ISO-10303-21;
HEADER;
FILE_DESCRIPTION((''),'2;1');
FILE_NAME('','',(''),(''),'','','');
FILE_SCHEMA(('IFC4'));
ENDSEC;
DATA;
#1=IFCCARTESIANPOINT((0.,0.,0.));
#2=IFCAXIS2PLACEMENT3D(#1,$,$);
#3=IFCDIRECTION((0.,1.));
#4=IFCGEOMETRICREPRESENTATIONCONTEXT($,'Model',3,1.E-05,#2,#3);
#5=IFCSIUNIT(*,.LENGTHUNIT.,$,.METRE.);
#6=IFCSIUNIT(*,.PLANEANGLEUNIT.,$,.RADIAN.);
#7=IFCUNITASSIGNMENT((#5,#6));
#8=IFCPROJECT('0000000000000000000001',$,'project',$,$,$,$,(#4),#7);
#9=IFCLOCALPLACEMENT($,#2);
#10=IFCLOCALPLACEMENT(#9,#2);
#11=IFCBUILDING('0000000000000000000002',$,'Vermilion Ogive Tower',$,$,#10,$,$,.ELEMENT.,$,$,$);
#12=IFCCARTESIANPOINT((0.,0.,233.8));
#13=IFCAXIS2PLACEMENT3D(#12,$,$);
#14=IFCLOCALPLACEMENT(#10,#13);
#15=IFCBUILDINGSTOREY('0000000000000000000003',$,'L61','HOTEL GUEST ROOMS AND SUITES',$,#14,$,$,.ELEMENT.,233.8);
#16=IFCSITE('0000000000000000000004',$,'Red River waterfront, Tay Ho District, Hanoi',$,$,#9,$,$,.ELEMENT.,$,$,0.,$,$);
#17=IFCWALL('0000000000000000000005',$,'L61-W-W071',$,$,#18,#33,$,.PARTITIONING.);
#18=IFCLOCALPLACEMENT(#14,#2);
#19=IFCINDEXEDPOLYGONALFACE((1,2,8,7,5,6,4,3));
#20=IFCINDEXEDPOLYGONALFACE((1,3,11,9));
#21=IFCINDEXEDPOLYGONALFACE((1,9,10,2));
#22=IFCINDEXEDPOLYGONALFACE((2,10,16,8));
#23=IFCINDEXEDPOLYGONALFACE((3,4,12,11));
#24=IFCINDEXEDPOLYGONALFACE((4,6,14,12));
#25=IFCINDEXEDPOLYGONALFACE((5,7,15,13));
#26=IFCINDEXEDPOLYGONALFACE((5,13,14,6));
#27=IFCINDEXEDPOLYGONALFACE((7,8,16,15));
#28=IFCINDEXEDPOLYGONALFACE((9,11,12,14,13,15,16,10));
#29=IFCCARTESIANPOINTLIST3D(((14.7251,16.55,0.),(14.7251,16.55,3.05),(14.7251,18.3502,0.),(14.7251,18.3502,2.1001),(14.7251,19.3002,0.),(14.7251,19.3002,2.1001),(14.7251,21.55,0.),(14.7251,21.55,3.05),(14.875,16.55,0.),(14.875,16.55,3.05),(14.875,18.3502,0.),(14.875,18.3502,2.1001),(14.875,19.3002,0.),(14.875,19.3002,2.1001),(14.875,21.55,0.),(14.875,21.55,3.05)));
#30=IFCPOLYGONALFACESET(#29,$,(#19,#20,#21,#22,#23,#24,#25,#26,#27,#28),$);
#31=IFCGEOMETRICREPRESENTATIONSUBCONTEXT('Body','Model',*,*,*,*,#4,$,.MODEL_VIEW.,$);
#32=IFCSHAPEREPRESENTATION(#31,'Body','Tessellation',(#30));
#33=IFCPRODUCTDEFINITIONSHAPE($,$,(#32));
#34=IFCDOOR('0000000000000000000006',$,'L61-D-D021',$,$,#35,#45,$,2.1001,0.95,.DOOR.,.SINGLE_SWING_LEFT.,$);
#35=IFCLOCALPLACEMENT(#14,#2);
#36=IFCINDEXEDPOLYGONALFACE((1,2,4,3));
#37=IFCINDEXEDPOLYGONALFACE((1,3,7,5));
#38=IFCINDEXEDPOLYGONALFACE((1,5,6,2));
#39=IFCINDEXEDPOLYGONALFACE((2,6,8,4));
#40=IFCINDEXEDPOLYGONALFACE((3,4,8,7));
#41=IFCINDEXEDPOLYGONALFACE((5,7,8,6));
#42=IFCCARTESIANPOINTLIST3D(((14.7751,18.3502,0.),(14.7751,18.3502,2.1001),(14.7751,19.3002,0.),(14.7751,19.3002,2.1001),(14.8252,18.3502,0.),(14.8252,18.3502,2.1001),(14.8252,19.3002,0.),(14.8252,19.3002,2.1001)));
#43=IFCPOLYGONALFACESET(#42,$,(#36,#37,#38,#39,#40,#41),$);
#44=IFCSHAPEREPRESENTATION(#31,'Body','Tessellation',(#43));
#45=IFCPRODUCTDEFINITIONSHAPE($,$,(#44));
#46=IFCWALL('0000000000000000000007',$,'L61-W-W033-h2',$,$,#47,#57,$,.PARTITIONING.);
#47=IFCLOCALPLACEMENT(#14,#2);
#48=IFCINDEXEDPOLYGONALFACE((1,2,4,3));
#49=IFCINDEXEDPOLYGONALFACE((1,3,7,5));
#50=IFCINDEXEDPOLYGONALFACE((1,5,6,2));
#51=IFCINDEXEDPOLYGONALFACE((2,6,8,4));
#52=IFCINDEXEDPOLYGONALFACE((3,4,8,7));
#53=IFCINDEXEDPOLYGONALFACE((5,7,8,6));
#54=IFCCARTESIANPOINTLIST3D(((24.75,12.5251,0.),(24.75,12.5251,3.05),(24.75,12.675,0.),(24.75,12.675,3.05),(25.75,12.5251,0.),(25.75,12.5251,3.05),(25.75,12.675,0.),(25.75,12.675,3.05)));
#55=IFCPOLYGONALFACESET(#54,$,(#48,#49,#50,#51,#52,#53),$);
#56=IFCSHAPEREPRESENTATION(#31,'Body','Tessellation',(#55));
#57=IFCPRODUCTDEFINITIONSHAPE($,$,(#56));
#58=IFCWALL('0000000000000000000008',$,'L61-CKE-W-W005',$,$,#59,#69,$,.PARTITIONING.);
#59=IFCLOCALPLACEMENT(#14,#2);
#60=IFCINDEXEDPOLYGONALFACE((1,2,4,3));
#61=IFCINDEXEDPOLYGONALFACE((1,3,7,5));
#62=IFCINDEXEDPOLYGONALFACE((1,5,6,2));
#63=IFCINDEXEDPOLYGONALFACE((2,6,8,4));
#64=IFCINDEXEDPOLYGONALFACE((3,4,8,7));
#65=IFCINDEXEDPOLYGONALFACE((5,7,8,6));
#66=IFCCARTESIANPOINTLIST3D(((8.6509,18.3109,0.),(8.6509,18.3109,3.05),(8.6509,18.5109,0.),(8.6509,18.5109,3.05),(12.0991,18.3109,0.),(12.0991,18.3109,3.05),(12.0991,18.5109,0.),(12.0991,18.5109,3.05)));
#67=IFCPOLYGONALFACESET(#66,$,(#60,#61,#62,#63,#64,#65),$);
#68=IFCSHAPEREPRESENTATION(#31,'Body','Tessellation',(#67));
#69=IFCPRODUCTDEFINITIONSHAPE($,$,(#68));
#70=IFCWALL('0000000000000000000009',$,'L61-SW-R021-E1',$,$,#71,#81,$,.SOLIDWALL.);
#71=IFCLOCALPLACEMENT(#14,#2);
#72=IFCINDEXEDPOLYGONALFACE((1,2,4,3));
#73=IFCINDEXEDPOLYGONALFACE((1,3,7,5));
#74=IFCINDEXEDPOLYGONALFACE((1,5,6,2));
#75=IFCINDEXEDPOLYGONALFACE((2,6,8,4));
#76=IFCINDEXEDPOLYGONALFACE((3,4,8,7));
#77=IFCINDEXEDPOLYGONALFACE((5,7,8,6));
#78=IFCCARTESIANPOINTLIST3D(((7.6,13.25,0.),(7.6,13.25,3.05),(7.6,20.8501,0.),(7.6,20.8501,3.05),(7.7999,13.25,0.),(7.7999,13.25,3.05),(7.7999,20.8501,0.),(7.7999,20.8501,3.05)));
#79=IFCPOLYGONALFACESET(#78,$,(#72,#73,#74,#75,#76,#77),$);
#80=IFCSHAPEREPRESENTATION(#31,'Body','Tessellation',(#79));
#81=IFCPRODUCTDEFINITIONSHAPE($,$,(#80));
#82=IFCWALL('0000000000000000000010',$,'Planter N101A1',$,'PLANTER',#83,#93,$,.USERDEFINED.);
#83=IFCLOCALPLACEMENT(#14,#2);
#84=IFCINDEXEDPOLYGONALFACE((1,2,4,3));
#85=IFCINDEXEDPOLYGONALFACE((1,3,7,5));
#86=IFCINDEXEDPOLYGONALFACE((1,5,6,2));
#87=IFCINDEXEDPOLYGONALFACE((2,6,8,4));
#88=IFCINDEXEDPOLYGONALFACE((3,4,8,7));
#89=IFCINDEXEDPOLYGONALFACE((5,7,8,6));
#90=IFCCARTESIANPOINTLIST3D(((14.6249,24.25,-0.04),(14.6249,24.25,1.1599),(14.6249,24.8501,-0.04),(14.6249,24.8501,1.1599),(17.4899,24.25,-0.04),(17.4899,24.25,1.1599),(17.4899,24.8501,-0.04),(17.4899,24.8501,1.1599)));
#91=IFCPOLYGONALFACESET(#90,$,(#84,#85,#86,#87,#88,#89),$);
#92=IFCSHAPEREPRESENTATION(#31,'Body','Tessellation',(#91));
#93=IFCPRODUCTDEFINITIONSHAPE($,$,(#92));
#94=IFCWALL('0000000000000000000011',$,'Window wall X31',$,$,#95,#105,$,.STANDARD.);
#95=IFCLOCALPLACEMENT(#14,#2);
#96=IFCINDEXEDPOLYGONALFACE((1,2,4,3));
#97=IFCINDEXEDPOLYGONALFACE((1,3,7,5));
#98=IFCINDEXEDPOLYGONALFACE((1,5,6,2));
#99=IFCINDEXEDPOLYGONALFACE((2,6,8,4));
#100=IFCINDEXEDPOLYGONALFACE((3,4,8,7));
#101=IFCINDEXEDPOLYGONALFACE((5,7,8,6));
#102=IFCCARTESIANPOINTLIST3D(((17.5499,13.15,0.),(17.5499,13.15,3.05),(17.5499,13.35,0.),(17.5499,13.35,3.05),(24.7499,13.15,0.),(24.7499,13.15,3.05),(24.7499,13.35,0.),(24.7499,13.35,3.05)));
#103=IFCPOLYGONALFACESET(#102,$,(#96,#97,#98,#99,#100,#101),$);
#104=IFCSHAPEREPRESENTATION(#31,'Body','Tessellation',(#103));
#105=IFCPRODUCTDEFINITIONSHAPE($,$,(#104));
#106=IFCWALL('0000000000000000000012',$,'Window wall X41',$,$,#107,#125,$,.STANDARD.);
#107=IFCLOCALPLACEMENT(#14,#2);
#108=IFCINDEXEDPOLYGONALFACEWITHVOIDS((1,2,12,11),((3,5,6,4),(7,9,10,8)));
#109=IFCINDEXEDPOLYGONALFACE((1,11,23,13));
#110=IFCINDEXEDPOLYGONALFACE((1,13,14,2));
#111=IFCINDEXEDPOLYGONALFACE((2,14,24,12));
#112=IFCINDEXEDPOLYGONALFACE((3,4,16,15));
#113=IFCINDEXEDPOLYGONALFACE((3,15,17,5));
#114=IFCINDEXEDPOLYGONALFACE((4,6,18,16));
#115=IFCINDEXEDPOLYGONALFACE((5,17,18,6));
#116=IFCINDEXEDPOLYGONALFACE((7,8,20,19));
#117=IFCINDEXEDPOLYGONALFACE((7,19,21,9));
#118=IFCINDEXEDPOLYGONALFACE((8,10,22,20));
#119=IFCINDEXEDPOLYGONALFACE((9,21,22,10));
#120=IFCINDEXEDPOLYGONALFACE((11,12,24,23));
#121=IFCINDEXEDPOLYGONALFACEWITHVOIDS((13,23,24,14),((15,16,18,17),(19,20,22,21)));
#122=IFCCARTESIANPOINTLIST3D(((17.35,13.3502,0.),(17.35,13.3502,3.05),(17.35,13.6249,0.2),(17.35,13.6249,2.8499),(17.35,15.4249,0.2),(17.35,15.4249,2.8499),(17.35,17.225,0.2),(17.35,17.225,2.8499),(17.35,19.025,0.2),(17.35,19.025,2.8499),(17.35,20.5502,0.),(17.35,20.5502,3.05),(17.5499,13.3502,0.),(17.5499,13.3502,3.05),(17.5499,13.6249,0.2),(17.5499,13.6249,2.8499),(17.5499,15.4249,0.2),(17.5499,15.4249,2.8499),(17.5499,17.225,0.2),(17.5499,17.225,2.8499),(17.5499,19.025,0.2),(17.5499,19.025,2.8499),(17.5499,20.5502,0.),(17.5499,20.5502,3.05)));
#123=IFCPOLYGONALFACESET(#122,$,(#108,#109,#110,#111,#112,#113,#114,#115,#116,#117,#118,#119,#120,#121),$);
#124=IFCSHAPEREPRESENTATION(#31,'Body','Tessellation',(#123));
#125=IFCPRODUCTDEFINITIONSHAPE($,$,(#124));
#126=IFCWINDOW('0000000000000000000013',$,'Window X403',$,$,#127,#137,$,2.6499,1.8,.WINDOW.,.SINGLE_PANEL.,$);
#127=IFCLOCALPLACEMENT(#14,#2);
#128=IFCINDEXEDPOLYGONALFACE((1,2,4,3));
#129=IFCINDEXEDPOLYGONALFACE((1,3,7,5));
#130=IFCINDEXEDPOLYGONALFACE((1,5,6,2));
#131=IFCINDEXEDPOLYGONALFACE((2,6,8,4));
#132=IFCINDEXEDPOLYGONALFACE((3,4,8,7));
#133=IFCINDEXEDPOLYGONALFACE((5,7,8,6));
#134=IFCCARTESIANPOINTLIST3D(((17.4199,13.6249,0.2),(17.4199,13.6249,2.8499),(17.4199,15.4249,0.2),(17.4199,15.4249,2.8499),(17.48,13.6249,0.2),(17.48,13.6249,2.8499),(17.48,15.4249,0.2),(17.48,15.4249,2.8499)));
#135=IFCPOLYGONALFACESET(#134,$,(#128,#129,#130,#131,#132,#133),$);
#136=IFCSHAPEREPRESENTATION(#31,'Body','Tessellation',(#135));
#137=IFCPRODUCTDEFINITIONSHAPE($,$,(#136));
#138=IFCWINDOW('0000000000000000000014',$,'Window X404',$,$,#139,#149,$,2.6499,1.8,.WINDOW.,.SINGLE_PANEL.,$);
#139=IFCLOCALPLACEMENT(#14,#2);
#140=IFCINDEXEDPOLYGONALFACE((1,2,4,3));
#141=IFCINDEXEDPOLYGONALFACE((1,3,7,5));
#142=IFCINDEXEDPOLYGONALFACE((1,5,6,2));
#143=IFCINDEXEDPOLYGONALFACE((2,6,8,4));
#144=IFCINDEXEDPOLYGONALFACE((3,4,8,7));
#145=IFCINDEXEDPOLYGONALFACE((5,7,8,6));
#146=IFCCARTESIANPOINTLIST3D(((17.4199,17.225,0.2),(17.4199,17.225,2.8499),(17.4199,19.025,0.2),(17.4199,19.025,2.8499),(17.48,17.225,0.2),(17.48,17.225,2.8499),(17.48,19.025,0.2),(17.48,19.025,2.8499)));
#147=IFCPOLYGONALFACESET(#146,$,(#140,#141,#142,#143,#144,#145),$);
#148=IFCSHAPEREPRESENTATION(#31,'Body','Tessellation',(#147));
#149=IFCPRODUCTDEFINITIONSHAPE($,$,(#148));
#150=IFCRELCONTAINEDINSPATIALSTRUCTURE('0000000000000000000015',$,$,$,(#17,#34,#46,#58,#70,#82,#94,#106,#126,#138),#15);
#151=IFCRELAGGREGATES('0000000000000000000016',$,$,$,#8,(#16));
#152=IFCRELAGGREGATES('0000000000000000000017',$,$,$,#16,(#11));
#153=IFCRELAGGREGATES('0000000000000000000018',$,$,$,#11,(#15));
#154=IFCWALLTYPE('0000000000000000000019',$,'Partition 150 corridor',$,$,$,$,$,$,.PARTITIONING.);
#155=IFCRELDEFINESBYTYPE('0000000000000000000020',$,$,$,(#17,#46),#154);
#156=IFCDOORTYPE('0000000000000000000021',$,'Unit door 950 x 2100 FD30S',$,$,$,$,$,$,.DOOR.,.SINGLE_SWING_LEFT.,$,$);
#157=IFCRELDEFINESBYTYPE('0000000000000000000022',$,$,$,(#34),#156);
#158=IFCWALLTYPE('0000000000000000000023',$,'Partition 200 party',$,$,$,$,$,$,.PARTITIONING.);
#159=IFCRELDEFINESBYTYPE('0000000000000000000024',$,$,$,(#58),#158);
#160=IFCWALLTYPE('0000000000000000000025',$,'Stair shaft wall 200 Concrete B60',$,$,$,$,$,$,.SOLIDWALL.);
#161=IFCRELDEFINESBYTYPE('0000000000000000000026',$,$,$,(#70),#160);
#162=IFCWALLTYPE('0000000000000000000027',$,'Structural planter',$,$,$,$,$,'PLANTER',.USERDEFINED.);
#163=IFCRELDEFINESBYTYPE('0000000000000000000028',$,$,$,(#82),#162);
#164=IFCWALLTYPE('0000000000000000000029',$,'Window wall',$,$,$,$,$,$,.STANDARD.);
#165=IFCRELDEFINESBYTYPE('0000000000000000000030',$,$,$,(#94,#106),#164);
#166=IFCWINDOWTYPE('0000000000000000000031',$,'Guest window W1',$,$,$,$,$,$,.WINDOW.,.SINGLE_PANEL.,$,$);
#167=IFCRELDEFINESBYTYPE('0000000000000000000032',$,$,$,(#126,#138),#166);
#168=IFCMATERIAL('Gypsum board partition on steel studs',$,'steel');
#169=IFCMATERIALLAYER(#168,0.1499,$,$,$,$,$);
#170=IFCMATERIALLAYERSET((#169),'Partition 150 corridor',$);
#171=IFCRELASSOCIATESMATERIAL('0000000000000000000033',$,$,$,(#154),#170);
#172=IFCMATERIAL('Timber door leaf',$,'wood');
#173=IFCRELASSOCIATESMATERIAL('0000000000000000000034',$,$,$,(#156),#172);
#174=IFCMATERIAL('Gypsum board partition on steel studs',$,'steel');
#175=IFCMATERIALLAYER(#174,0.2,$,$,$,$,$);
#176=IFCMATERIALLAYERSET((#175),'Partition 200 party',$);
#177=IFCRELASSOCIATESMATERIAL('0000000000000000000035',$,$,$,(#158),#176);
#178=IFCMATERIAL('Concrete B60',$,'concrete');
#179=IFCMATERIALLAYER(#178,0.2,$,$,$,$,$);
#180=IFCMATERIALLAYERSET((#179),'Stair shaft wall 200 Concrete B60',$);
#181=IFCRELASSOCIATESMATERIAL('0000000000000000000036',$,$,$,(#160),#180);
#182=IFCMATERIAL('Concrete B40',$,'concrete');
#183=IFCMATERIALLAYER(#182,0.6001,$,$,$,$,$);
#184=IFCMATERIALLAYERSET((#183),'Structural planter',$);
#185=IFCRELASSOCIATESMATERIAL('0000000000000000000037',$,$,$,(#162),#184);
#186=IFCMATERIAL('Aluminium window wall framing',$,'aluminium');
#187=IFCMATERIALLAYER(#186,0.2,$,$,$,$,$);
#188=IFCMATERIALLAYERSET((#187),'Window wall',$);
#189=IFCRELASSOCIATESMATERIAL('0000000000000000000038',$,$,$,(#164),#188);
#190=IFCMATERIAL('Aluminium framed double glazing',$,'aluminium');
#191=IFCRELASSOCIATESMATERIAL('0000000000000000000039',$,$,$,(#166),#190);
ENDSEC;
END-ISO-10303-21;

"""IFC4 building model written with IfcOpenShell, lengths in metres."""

from ifc_helpers import new_model, si_unit, direction, frame, frame_2d, origin, place, context, subcontext, project, spatial, rectangle, extrude, material, layer, layer_set, type_object, element, fill, save


model = new_model("IFC4")

# Units and contexts
model_context = context("Model", 3, precision=1e-05, world=origin(), true_north=direction((0.0, 1.0)))
body_context = subcontext(model_context, "Body", "Model", "MODEL_VIEW")
ifc_project = project(units=[si_unit("LENGTHUNIT", "METRE"), si_unit("PLANEANGLEUNIT", "RADIAN")], contexts=[model_context])

# Site, building, storey
site_placement = place(None, origin())
site = spatial("IfcSite", under=ifc_project, at=site_placement, Name="Red River waterfront, Tay Ho District, Hanoi", CompositionType="ELEMENT", RefElevation=0.0)
building_placement = place(site_placement, origin())
building = spatial("IfcBuilding", under=site, at=building_placement, Name="Vermilion Ogive Tower", CompositionType="ELEMENT")
storey_placement = place(building_placement, frame((0.0, 0.0, 233.8)))
storey = spatial("IfcBuildingStorey", under=building, at=storey_placement, Name="L61", Description="HOTEL GUEST ROOMS AND SUITES", CompositionType="ELEMENT", Elevation=233.8)

# Shared definitions
ifc_material_1 = material(Name="Gypsum board partition on steel studs", Category="steel")
ifc_layer_1 = layer(ifc_material_1, 0.1499)
ifc_layer_set_1 = layer_set([ifc_layer_1], Name="Partition 150 corridor")
wall_type_1 = type_object("IfcWallType", Name="Partition 150 corridor", PredefinedType="PARTITIONING", material=ifc_layer_set_1)

# Wall, opening, door
wall_1_placement = place(storey_placement, frame((14.8, 16.55, 0.0), z_axis=(0.0, 0.0, 1.0), x_axis=(0.0, 1.0, 0.0)))
wall_1 = element("IfcWall", 1, at=wall_1_placement, inside=storey, type_object=wall_type_1, Name="L61-W-W071", PredefinedType="PARTITIONING", context=body_context, shape_type="SweptSolid", body=[
    extrude(rectangle(XDim=5.0, YDim=0.1499, at=frame_2d((2.5, 0.0))), origin(), (0.0, 0.0, 1.0), 3.05),
])
opening_1_placement = place(wall_1_placement, frame((1.8, 0.0, 0.0)))
opening_1 = element("IfcOpeningElement", 2, at=opening_1_placement, cuts=wall_1, PredefinedType="OPENING", context=body_context, shape_type="SweptSolid", body=[
    extrude(rectangle(XDim=0.95, YDim=2.1001, at=frame_2d((0.4751, 1.05))), frame((0.0, 0.085, 0.0), z_axis=(0.0, -1.0, 0.0), x_axis=(1.0, 0.0, 0.0)), (0.0, 0.0, 1.0), 0.1699),
])
ifc_material_2 = material(Name="Timber door leaf", Category="wood")
door_type_1 = type_object("IfcDoorType", Name="Unit door 950 x 2100 FD30S", OperationType="SINGLE_SWING_LEFT", PredefinedType="DOOR", material=ifc_material_2)
door_1_placement = place(opening_1_placement, origin())
door_1 = element("IfcDoor", 3, at=door_1_placement, inside=storey, type_object=door_type_1, Name="L61-D-D021", OperationType="SINGLE_SWING_LEFT", OverallHeight=2.1001, OverallWidth=0.95, PredefinedType="DOOR", context=body_context, shape_type="SweptSolid", body=[
    extrude(rectangle(XDim=0.95, YDim=2.1001, at=frame_2d((0.4751, 1.05))), frame((0.0, 0.0249, 0.0), z_axis=(0.0, -1.0, 0.0), x_axis=(1.0, 0.0, 0.0)), (0.0, 0.0, 1.0), 0.05),
])
fill(opening_1, door_1)

# Walls
wall_2_placement = place(storey_placement, frame((24.75, 12.6001, 0.0), z_axis=(0.0, 0.0, 1.0), x_axis=(1.0, 0.0, 0.0)))
element("IfcWall", 4, at=wall_2_placement, inside=storey, type_object=wall_type_1, Name="L61-W-W033-h2", PredefinedType="PARTITIONING", context=body_context, shape_type="SweptSolid", body=[
    extrude(rectangle(XDim=1.0, YDim=0.1499, at=frame_2d((0.5, 0.0))), origin(), (0.0, 0.0, 1.0), 3.05),
])
ifc_material_3 = material(Name="Gypsum board partition on steel studs", Category="steel")
ifc_layer_2 = layer(ifc_material_3, 0.2)
ifc_layer_set_2 = layer_set([ifc_layer_2], Name="Partition 200 party")
wall_type_2 = type_object("IfcWallType", Name="Partition 200 party", PredefinedType="PARTITIONING", material=ifc_layer_set_2)
wall_3_placement = place(storey_placement, frame((8.6509, 18.4109, 0.0), z_axis=(0.0, 0.0, 1.0), x_axis=(1.0, 0.0, 0.0)))
element("IfcWall", 5, at=wall_3_placement, inside=storey, type_object=wall_type_2, Name="L61-CKE-W-W005", PredefinedType="PARTITIONING", context=body_context, shape_type="SweptSolid", body=[
    extrude(rectangle(XDim=3.4482, YDim=0.2, at=frame_2d((1.7241, 0.0))), origin(), (0.0, 0.0, 1.0), 3.05),
])
ifc_material_4 = material(Name="Concrete B60", Category="concrete")
ifc_layer_3 = layer(ifc_material_4, 0.2)
ifc_layer_set_3 = layer_set([ifc_layer_3], Name="Stair shaft wall 200 Concrete B60")
wall_type_3 = type_object("IfcWallType", Name="Stair shaft wall 200 Concrete B60", PredefinedType="SOLIDWALL", material=ifc_layer_set_3)
wall_4_placement = place(storey_placement, frame((7.7, 13.25, 0.0), z_axis=(0.0, 0.0, 1.0), x_axis=(0.0, 1.0, 0.0)))
element("IfcWall", 6, at=wall_4_placement, inside=storey, type_object=wall_type_3, Name="L61-SW-R021-E1", PredefinedType="SOLIDWALL", context=body_context, shape_type="SweptSolid", body=[
    extrude(rectangle(XDim=7.6001, YDim=0.2, at=frame_2d((3.8, 0.0))), origin(), (0.0, 0.0, 1.0), 3.05),
])
ifc_material_5 = material(Name="Concrete B40", Category="concrete")
ifc_layer_4 = layer(ifc_material_5, 0.6001)
ifc_layer_set_4 = layer_set([ifc_layer_4], Name="Structural planter")
wall_type_4 = type_object("IfcWallType", Name="Structural planter", ElementType="PLANTER", PredefinedType="USERDEFINED", material=ifc_layer_set_4)
wall_5_placement = place(storey_placement, frame((17.49, 24.55, -0.04), z_axis=(0.0, 0.0, 1.0), x_axis=(-1.0, 0.0, 0.0)))
element("IfcWall", 7, at=wall_5_placement, inside=storey, type_object=wall_type_4, Name="Planter N101A1", ObjectType="PLANTER", PredefinedType="USERDEFINED", context=body_context, shape_type="SweptSolid", body=[
    extrude(rectangle(XDim=2.865, YDim=0.6001, at=frame_2d((1.4326, 0.0))), origin(), (0.0, 0.0, 1.0), 1.2),
])
ifc_material_6 = material(Name="Aluminium window wall framing", Category="aluminium")
ifc_layer_5 = layer(ifc_material_6, 0.2)
ifc_layer_set_5 = layer_set([ifc_layer_5], Name="Window wall")
wall_type_5 = type_object("IfcWallType", Name="Window wall", PredefinedType="STANDARD", material=ifc_layer_set_5)
wall_6_placement = place(storey_placement, frame((24.75, 13.25, 0.0), z_axis=(0.0, 0.0, 1.0), x_axis=(-1.0, 0.0, 0.0)))
element("IfcWall", 8, at=wall_6_placement, inside=storey, type_object=wall_type_5, Name="Window wall X31", PredefinedType="STANDARD", context=body_context, shape_type="SweptSolid", body=[
    extrude(rectangle(XDim=7.2, YDim=0.2, at=frame_2d((3.6001, 0.0))), origin(), (0.0, 0.0, 1.0), 3.05),
])

# Wall, openings, windows
wall_7_placement = place(storey_placement, frame((17.45, 13.3501, 0.0), z_axis=(0.0, 0.0, 1.0), x_axis=(0.0, 1.0, 0.0)))
wall_7 = element("IfcWall", 9, at=wall_7_placement, inside=storey, type_object=wall_type_5, Name="Window wall X41", PredefinedType="STANDARD", context=body_context, shape_type="SweptSolid", body=[
    extrude(rectangle(XDim=7.2, YDim=0.2, at=frame_2d((3.6001, 0.0))), origin(), (0.0, 0.0, 1.0), 3.05),
])
opening_2_placement = place(wall_7_placement, frame((0.2749, 0.0, 0.2)))
opening_2 = element("IfcOpeningElement", 10, at=opening_2_placement, cuts=wall_7, PredefinedType="OPENING", context=body_context, shape_type="SweptSolid", body=[
    extrude(rectangle(XDim=1.8, YDim=2.6499, at=frame_2d((0.8999, 1.325))), frame((0.0, 0.1099, 0.0), z_axis=(0.0, -1.0, 0.0), x_axis=(1.0, 0.0, 0.0)), (0.0, 0.0, 1.0), 0.22),
])
opening_3_placement = place(wall_7_placement, frame((3.875, 0.0, 0.2)))
opening_3 = element("IfcOpeningElement", 11, at=opening_3_placement, cuts=wall_7, PredefinedType="OPENING", context=body_context, shape_type="SweptSolid", body=[
    extrude(rectangle(XDim=1.8, YDim=2.6499, at=frame_2d((0.8999, 1.325))), frame((0.0, 0.1099, 0.0), z_axis=(0.0, -1.0, 0.0), x_axis=(1.0, 0.0, 0.0)), (0.0, 0.0, 1.0), 0.22),
])
ifc_material_7 = material(Name="Aluminium framed double glazing", Category="aluminium")
window_type = type_object("IfcWindowType", Name="Guest window W1", PartitioningType="SINGLE_PANEL", PredefinedType="WINDOW", material=ifc_material_7)
window_1_placement = place(opening_2_placement, origin())
window_1 = element("IfcWindow", 12, at=window_1_placement, inside=storey, type_object=window_type, Name="Window X403", OverallHeight=2.6499, OverallWidth=1.8, PartitioningType="SINGLE_PANEL", PredefinedType="WINDOW", context=body_context, shape_type="SweptSolid", body=[
    extrude(rectangle(XDim=1.8, YDim=2.6499, at=frame_2d((0.8999, 1.325))), frame((0.0, 0.03, 0.0), z_axis=(0.0, -1.0, 0.0), x_axis=(1.0, 0.0, 0.0)), (0.0, 0.0, 1.0), 0.0601),
])
fill(opening_2, window_1)
window_2_placement = place(opening_3_placement, origin())
window_2 = element("IfcWindow", 13, at=window_2_placement, inside=storey, type_object=window_type, Name="Window X404", OverallHeight=2.6499, OverallWidth=1.8, PartitioningType="SINGLE_PANEL", PredefinedType="WINDOW", context=body_context, shape_type="SweptSolid", body=[
    extrude(rectangle(XDim=1.8, YDim=2.6499, at=frame_2d((0.8999, 1.325))), frame((0.0, 0.03, 0.0), z_axis=(0.0, -1.0, 0.0), x_axis=(1.0, 0.0, 0.0)), (0.0, 0.0, 1.0), 0.0601),
])
fill(opening_3, window_2)

save(model, "model.ifc")
